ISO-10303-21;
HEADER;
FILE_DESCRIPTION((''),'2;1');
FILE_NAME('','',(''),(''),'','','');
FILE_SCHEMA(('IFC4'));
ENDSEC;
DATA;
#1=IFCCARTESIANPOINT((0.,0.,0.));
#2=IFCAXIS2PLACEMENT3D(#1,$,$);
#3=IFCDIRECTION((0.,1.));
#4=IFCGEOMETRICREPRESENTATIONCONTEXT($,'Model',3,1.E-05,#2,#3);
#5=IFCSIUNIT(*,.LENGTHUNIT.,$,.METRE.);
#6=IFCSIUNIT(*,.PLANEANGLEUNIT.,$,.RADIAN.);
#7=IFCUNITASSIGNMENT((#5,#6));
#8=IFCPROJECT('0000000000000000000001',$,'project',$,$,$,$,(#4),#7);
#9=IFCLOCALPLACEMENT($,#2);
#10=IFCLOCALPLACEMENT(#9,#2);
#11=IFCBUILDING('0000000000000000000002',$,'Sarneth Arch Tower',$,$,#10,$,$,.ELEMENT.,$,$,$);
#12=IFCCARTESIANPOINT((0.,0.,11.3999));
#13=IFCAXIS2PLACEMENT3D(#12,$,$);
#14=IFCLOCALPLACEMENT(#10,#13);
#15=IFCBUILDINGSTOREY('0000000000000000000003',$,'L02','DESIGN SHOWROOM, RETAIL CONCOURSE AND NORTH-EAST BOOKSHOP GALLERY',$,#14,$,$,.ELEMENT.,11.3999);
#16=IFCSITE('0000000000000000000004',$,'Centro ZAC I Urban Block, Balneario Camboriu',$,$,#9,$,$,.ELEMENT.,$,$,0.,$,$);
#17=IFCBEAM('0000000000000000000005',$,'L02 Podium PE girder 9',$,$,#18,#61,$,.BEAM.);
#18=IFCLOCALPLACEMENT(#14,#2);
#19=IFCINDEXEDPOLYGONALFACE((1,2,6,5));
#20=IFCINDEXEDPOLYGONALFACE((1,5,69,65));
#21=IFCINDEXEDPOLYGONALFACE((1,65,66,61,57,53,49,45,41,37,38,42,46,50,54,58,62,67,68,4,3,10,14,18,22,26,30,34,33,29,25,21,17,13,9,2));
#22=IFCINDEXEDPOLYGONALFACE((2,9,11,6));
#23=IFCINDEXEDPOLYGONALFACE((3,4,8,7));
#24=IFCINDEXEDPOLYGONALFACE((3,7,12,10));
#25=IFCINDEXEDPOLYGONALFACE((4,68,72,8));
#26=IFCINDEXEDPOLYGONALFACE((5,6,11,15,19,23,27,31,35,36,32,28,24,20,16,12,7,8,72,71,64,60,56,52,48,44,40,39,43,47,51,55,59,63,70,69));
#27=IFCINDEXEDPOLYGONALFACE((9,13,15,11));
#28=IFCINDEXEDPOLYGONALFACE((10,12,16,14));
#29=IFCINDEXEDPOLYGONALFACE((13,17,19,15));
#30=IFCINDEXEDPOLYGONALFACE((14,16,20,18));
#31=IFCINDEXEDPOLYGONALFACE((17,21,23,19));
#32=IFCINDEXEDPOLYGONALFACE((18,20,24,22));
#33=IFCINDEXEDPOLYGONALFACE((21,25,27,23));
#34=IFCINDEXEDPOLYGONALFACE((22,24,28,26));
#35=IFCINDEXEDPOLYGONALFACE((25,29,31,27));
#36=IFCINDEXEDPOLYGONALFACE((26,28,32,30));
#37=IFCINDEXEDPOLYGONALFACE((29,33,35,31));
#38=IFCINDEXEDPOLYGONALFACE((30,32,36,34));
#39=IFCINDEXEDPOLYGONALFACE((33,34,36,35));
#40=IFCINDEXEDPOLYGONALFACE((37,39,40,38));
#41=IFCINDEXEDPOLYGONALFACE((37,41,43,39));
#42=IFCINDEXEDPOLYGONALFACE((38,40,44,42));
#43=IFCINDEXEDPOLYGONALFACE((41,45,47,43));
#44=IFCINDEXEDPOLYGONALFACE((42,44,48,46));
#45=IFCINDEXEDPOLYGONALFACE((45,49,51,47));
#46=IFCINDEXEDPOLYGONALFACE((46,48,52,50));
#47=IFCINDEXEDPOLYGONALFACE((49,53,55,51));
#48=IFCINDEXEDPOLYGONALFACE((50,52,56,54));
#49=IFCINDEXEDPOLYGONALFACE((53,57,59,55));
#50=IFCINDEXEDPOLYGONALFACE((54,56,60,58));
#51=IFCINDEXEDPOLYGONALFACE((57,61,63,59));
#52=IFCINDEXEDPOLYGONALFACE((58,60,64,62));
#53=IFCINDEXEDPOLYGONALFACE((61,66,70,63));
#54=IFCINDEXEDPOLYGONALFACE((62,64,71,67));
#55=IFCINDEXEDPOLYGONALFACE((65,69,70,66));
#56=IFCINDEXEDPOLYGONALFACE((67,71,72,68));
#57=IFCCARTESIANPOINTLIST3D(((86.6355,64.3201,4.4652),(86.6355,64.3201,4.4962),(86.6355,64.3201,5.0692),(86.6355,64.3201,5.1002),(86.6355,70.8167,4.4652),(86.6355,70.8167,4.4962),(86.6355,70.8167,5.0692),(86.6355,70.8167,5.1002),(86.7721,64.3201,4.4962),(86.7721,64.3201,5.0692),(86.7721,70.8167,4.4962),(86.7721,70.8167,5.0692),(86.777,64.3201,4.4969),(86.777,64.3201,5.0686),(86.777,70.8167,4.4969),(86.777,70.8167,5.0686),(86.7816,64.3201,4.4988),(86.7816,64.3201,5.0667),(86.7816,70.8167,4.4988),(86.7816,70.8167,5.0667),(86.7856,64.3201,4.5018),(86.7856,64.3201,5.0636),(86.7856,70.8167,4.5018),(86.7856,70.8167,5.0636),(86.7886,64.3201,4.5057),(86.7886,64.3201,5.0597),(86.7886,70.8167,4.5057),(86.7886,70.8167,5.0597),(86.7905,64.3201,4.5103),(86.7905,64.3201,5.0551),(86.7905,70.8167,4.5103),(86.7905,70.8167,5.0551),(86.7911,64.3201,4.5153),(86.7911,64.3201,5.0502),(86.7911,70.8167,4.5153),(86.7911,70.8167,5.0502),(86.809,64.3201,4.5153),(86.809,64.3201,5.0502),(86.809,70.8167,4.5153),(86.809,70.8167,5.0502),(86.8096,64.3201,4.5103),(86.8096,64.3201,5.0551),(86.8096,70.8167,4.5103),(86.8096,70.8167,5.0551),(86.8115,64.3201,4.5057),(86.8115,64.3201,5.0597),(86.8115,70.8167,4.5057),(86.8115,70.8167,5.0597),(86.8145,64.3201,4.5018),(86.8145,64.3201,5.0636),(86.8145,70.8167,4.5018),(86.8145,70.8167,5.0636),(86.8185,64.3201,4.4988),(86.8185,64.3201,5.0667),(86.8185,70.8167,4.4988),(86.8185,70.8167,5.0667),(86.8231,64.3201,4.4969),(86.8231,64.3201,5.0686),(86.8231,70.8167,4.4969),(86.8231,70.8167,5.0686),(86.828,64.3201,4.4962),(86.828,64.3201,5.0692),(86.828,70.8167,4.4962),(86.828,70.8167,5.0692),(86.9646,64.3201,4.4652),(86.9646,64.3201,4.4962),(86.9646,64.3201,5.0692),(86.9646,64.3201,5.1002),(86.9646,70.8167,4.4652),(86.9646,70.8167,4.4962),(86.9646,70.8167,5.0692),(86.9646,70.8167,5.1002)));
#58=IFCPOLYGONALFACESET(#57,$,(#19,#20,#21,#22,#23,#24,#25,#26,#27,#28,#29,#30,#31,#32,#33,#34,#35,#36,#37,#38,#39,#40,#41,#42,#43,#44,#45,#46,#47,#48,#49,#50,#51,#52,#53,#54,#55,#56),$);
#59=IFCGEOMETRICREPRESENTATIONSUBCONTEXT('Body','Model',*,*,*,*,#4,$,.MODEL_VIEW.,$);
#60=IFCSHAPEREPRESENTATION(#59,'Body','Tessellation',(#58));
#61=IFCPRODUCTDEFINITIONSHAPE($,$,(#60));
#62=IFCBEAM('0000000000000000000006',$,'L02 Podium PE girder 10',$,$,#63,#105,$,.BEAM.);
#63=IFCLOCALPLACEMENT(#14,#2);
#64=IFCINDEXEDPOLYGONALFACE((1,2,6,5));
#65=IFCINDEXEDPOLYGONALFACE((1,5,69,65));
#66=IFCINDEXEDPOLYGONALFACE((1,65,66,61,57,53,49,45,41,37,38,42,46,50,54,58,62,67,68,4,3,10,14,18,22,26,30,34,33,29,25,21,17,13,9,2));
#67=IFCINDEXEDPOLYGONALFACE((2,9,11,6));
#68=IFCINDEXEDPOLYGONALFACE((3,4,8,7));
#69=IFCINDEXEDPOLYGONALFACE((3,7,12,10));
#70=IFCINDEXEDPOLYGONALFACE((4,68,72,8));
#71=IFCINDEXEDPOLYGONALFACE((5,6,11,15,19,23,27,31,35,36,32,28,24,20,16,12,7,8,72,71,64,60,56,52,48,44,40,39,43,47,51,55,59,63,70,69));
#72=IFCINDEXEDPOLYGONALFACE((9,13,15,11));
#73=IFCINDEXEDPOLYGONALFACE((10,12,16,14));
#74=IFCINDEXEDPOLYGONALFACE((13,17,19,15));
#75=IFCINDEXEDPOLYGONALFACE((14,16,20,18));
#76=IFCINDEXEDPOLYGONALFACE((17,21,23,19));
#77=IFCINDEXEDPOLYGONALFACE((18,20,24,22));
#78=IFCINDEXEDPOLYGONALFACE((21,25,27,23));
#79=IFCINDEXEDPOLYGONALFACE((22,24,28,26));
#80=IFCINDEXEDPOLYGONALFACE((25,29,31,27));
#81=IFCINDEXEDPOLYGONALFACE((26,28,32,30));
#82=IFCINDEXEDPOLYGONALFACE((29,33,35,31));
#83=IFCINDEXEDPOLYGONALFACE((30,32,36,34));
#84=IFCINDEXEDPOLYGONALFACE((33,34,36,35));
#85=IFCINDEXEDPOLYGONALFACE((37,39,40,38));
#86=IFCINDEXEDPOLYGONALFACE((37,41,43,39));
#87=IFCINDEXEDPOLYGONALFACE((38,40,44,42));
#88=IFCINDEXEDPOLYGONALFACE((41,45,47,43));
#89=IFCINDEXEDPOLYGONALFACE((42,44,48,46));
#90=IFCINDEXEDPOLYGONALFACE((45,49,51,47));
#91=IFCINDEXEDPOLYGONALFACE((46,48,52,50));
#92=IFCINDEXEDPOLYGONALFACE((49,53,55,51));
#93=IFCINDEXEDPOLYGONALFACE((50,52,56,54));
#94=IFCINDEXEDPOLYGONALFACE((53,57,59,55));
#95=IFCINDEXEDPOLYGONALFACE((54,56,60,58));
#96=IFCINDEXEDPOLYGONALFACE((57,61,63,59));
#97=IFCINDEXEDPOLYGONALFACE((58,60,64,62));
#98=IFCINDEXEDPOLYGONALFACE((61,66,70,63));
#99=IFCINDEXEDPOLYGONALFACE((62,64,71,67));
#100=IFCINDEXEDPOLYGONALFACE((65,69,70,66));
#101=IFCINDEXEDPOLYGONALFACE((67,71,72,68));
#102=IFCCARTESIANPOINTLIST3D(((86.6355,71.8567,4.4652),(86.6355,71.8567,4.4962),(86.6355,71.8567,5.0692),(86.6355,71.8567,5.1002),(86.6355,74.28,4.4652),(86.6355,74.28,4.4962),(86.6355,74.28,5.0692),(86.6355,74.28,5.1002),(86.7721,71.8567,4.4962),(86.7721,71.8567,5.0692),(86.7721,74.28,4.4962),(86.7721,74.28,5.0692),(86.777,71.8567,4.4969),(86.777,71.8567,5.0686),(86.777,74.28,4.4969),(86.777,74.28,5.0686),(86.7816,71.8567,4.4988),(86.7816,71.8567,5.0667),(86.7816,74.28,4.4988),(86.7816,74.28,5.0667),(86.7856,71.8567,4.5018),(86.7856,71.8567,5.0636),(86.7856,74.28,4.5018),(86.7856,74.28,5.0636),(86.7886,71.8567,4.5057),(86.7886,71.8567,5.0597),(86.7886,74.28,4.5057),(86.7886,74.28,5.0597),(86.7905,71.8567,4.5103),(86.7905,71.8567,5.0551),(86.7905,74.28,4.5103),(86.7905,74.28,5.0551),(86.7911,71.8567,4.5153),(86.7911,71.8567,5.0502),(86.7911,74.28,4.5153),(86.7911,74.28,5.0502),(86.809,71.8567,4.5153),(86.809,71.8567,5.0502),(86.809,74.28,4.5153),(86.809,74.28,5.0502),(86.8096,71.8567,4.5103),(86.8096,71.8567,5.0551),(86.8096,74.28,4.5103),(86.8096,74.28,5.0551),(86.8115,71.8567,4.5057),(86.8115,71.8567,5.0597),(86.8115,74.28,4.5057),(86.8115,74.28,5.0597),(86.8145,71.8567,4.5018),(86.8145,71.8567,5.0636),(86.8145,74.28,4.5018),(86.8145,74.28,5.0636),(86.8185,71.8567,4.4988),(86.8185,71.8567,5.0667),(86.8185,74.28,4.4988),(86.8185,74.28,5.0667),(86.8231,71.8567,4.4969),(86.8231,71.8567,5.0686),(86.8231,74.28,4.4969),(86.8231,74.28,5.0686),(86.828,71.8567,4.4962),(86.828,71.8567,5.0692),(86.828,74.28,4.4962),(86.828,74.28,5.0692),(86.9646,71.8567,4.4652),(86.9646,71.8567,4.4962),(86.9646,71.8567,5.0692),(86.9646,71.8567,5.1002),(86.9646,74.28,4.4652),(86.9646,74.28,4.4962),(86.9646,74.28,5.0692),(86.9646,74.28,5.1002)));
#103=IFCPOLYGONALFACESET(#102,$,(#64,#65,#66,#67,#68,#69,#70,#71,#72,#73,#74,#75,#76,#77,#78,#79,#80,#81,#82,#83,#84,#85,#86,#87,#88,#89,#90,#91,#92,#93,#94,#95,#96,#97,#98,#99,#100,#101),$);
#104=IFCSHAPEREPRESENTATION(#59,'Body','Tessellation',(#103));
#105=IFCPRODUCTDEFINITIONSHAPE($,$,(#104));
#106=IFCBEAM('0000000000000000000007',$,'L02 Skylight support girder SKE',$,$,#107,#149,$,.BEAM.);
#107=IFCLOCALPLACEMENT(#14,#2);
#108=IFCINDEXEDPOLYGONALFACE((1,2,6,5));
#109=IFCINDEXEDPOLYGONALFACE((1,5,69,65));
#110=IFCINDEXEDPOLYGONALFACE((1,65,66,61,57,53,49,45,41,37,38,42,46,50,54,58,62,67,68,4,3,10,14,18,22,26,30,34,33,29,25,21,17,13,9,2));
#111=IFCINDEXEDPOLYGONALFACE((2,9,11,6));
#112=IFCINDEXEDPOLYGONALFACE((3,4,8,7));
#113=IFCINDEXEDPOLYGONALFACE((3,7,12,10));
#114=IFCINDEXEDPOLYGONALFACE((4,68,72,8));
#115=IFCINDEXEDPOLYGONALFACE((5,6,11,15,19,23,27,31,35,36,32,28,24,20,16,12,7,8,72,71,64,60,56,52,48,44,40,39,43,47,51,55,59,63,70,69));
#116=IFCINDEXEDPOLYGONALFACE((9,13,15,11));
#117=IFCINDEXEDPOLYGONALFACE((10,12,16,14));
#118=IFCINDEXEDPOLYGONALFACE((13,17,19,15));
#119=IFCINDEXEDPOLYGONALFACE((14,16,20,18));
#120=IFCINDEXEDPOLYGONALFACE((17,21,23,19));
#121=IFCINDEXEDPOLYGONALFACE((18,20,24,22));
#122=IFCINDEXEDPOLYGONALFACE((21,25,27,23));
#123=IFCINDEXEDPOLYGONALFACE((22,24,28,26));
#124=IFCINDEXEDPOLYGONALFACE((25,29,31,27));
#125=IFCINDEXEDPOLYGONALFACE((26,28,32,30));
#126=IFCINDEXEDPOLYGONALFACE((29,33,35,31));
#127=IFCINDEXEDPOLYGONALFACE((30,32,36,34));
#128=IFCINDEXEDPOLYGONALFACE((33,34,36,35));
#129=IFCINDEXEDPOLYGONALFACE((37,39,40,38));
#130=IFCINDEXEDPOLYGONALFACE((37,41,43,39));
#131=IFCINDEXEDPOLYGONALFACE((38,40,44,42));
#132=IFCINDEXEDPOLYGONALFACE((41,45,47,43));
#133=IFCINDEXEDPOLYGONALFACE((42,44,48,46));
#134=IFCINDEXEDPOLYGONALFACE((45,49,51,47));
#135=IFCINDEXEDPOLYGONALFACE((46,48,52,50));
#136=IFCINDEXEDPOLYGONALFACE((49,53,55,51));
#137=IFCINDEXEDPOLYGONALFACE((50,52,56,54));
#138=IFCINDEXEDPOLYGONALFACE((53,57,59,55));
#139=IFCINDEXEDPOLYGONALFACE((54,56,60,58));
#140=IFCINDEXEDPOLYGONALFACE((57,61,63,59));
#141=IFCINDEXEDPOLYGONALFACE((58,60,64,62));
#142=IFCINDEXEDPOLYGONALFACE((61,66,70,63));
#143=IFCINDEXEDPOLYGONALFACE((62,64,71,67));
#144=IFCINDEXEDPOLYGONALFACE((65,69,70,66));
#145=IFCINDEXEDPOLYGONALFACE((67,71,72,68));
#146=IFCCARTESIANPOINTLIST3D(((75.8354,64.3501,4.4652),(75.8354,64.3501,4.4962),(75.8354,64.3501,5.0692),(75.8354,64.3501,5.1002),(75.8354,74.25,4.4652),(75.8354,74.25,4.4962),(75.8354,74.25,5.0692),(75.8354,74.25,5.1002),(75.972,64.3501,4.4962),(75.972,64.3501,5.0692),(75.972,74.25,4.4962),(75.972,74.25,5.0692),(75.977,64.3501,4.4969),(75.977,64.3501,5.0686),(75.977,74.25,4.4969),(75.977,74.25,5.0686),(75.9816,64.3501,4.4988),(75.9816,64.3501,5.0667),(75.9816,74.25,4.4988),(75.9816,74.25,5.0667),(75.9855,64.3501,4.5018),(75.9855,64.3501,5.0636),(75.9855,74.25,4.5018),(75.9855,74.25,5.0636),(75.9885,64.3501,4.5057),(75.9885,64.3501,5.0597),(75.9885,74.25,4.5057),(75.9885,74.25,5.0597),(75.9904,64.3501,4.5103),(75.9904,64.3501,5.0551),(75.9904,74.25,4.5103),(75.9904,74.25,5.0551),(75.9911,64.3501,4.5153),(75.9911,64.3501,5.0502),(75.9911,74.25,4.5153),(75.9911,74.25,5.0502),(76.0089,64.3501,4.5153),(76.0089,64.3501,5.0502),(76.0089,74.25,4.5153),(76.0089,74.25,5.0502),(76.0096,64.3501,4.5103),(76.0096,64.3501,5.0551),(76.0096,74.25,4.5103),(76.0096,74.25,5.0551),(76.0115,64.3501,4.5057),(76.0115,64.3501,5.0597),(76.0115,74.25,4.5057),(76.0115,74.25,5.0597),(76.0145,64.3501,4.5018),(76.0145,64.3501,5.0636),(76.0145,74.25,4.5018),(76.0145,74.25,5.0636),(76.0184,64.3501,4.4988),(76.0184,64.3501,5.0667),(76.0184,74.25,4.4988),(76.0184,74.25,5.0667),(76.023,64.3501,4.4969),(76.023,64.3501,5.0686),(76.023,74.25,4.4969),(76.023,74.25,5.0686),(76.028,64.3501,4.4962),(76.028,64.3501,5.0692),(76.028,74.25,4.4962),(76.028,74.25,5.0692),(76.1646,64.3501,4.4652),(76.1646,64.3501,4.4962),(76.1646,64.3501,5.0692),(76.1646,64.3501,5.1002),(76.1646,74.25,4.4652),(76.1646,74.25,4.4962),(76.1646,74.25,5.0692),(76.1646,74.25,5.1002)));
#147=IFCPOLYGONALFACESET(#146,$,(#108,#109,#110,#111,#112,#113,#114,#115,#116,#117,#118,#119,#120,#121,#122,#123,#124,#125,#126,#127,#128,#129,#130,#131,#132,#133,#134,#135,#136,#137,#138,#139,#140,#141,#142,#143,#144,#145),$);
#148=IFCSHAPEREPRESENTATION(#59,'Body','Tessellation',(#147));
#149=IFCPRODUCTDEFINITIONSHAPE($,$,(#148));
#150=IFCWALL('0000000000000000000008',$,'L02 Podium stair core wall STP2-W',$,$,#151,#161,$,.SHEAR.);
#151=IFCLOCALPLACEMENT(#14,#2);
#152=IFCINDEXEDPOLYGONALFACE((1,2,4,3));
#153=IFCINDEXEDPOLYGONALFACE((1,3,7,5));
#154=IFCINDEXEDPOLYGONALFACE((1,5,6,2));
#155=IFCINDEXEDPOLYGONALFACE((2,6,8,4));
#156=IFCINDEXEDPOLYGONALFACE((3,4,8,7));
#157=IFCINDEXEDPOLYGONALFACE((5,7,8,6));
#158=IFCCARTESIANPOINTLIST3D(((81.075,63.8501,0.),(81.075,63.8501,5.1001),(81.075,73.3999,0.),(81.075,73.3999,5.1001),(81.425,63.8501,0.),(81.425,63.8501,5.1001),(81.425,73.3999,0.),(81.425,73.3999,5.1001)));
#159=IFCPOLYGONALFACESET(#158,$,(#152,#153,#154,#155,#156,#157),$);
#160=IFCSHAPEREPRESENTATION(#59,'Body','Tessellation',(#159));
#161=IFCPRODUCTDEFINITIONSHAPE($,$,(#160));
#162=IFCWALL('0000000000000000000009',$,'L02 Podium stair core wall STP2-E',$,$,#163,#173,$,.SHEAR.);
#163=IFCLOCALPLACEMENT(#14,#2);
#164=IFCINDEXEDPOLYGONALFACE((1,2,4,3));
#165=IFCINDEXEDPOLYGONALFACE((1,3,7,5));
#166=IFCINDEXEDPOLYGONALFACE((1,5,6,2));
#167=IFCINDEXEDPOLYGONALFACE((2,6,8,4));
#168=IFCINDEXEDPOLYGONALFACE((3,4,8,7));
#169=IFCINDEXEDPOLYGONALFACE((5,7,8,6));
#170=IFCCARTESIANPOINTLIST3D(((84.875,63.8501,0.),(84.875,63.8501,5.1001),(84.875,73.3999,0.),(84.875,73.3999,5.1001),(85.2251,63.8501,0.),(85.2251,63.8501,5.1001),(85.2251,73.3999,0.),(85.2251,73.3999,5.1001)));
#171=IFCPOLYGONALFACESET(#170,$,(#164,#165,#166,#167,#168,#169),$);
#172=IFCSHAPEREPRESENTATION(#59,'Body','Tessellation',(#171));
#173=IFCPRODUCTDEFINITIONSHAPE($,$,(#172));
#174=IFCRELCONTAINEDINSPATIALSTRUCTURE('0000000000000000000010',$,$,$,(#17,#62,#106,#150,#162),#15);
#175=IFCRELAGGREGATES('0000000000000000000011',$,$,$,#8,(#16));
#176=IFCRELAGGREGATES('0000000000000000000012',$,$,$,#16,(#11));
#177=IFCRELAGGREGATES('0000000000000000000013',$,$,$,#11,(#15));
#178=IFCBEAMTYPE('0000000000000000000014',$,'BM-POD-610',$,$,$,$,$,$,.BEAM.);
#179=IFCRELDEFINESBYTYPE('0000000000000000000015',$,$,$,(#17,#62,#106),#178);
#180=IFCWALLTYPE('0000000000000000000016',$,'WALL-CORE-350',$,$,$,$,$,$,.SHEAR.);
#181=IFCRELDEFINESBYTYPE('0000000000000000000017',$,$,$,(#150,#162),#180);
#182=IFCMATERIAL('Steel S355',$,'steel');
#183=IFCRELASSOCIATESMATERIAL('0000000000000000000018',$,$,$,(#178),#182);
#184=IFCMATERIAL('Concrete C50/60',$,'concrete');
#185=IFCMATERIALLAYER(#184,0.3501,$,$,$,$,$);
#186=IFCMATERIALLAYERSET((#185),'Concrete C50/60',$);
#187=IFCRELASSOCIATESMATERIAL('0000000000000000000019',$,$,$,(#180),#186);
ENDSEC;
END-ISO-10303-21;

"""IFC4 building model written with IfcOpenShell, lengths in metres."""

from ifc_helpers import new_model, si_unit, direction, frame, frame_2d, origin, origin_2d, place, context, subcontext, project, spatial, rectangle, i_section, extrude, material, layer, layer_set, material_profile, profile_set, type_object, element, save


model = new_model("IFC4")

# Units and contexts
model_context = context("Model", 3, precision=1e-05, world=origin(), true_north=direction((0.0, 1.0)))
body_context = subcontext(model_context, "Body", "Model", "MODEL_VIEW")
ifc_project = project(units=[si_unit("LENGTHUNIT", "METRE"), si_unit("PLANEANGLEUNIT", "RADIAN")], contexts=[model_context])

# Site, building, storey
site_placement = place(None, origin())
site = spatial("IfcSite", under=ifc_project, at=site_placement, Name="Centro ZAC I Urban Block, Balneario Camboriu", CompositionType="ELEMENT", RefElevation=0.0)
building_placement = place(site_placement, origin())
building = spatial("IfcBuilding", under=site, at=building_placement, Name="Sarneth Arch Tower", CompositionType="ELEMENT")
storey_placement = place(building_placement, frame((0.0, 0.0, 11.3999)))
storey = spatial("IfcBuildingStorey", under=building, at=storey_placement, Name="L02", Description="DESIGN SHOWROOM, RETAIL CONCOURSE AND NORTH-EAST BOOKSHOP GALLERY", CompositionType="ELEMENT", Elevation=11.3999)

# Beams
ifc_material_1 = material(Name="Steel S355", Category="steel")
ifc_material_profile_1 = material_profile(ifc_material_1, i_section(OverallWidth=0.3291, OverallDepth=0.635, WebThickness=0.0178, FlangeThickness=0.031, FilletRadius=0.019, at=origin_2d()), Name="W610x241")
ifc_profile_set_1 = profile_set([ifc_material_profile_1], Name="Steel S355")
beam_type = type_object("IfcBeamType", Name="BM-POD-610", PredefinedType="BEAM", material=ifc_profile_set_1)
beam_1_placement = place(storey_placement, frame((86.8, 64.3201, 4.7827), z_axis=(0.0, 1.0, 0.0), x_axis=(-1.0, 0.0, 0.0)))
element("IfcBeam", 1, at=beam_1_placement, inside=storey, type_object=beam_type, Name="L02 Podium PE girder 9", PredefinedType="BEAM", context=body_context, shape_type="SweptSolid", body=[
    extrude(i_section(OverallWidth=0.3291, OverallDepth=0.635, WebThickness=0.0178, FlangeThickness=0.031, FilletRadius=0.019, at=origin_2d()), origin(), (0.0, 0.0, 1.0), 6.4966),
])
beam_2_placement = place(storey_placement, frame((86.8, 71.8567, 4.7827), z_axis=(0.0, 1.0, 0.0), x_axis=(-1.0, 0.0, 0.0)))
element("IfcBeam", 2, at=beam_2_placement, inside=storey, type_object=beam_type, Name="L02 Podium PE girder 10", PredefinedType="BEAM", context=body_context, shape_type="SweptSolid", body=[
    extrude(i_section(OverallWidth=0.3291, OverallDepth=0.635, WebThickness=0.0178, FlangeThickness=0.031, FilletRadius=0.019, at=origin_2d()), origin(), (0.0, 0.0, 1.0), 2.4233),
])
beam_3_placement = place(storey_placement, frame((76.0, 64.3501, 4.7827), z_axis=(0.0, 1.0, 0.0), x_axis=(-1.0, 0.0, 0.0)))
element("IfcBeam", 3, at=beam_3_placement, inside=storey, type_object=beam_type, Name="L02 Skylight support girder SKE", PredefinedType="BEAM", context=body_context, shape_type="SweptSolid", body=[
    extrude(i_section(OverallWidth=0.3291, OverallDepth=0.635, WebThickness=0.0178, FlangeThickness=0.031, FilletRadius=0.019, at=origin_2d()), origin(), (0.0, 0.0, 1.0), 9.8999),
])

# Walls
ifc_material_2 = material(Name="Concrete C50/60", Category="concrete")
ifc_layer_1 = layer(ifc_material_2, 0.3501)
ifc_layer_set_1 = layer_set([ifc_layer_1], Name="Concrete C50/60")
wall_type_1 = type_object("IfcWallType", Name="WALL-CORE-350", PredefinedType="SHEAR", material=ifc_layer_set_1)
for number, where, z_axis, x_axis, name in (
    (4, (81.25, 63.8501, 0.0), (0.0, 0.0, 1.0), (0.0, 1.0, 0.0), "L02 Podium stair core wall STP2-W"),
    (5, (85.05, 63.8501, 0.0), (0.0, 0.0, 1.0), (0.0, 1.0, 0.0), "L02 Podium stair core wall STP2-E"),
):
    element("IfcWall", number, at=place(storey_placement, frame(where, z_axis=z_axis, x_axis=x_axis)), inside=storey, type_object=wall_type_1, Name=name, PredefinedType="SHEAR", context=body_context, shape_type="SweptSolid", body=[
        extrude(rectangle(XDim=9.5498, YDim=0.3501, at=frame_2d((4.7749, 0.0))), origin(), (0.0, 0.0, 1.0), 5.1001),
    ])

save(model, "model.ifc")
